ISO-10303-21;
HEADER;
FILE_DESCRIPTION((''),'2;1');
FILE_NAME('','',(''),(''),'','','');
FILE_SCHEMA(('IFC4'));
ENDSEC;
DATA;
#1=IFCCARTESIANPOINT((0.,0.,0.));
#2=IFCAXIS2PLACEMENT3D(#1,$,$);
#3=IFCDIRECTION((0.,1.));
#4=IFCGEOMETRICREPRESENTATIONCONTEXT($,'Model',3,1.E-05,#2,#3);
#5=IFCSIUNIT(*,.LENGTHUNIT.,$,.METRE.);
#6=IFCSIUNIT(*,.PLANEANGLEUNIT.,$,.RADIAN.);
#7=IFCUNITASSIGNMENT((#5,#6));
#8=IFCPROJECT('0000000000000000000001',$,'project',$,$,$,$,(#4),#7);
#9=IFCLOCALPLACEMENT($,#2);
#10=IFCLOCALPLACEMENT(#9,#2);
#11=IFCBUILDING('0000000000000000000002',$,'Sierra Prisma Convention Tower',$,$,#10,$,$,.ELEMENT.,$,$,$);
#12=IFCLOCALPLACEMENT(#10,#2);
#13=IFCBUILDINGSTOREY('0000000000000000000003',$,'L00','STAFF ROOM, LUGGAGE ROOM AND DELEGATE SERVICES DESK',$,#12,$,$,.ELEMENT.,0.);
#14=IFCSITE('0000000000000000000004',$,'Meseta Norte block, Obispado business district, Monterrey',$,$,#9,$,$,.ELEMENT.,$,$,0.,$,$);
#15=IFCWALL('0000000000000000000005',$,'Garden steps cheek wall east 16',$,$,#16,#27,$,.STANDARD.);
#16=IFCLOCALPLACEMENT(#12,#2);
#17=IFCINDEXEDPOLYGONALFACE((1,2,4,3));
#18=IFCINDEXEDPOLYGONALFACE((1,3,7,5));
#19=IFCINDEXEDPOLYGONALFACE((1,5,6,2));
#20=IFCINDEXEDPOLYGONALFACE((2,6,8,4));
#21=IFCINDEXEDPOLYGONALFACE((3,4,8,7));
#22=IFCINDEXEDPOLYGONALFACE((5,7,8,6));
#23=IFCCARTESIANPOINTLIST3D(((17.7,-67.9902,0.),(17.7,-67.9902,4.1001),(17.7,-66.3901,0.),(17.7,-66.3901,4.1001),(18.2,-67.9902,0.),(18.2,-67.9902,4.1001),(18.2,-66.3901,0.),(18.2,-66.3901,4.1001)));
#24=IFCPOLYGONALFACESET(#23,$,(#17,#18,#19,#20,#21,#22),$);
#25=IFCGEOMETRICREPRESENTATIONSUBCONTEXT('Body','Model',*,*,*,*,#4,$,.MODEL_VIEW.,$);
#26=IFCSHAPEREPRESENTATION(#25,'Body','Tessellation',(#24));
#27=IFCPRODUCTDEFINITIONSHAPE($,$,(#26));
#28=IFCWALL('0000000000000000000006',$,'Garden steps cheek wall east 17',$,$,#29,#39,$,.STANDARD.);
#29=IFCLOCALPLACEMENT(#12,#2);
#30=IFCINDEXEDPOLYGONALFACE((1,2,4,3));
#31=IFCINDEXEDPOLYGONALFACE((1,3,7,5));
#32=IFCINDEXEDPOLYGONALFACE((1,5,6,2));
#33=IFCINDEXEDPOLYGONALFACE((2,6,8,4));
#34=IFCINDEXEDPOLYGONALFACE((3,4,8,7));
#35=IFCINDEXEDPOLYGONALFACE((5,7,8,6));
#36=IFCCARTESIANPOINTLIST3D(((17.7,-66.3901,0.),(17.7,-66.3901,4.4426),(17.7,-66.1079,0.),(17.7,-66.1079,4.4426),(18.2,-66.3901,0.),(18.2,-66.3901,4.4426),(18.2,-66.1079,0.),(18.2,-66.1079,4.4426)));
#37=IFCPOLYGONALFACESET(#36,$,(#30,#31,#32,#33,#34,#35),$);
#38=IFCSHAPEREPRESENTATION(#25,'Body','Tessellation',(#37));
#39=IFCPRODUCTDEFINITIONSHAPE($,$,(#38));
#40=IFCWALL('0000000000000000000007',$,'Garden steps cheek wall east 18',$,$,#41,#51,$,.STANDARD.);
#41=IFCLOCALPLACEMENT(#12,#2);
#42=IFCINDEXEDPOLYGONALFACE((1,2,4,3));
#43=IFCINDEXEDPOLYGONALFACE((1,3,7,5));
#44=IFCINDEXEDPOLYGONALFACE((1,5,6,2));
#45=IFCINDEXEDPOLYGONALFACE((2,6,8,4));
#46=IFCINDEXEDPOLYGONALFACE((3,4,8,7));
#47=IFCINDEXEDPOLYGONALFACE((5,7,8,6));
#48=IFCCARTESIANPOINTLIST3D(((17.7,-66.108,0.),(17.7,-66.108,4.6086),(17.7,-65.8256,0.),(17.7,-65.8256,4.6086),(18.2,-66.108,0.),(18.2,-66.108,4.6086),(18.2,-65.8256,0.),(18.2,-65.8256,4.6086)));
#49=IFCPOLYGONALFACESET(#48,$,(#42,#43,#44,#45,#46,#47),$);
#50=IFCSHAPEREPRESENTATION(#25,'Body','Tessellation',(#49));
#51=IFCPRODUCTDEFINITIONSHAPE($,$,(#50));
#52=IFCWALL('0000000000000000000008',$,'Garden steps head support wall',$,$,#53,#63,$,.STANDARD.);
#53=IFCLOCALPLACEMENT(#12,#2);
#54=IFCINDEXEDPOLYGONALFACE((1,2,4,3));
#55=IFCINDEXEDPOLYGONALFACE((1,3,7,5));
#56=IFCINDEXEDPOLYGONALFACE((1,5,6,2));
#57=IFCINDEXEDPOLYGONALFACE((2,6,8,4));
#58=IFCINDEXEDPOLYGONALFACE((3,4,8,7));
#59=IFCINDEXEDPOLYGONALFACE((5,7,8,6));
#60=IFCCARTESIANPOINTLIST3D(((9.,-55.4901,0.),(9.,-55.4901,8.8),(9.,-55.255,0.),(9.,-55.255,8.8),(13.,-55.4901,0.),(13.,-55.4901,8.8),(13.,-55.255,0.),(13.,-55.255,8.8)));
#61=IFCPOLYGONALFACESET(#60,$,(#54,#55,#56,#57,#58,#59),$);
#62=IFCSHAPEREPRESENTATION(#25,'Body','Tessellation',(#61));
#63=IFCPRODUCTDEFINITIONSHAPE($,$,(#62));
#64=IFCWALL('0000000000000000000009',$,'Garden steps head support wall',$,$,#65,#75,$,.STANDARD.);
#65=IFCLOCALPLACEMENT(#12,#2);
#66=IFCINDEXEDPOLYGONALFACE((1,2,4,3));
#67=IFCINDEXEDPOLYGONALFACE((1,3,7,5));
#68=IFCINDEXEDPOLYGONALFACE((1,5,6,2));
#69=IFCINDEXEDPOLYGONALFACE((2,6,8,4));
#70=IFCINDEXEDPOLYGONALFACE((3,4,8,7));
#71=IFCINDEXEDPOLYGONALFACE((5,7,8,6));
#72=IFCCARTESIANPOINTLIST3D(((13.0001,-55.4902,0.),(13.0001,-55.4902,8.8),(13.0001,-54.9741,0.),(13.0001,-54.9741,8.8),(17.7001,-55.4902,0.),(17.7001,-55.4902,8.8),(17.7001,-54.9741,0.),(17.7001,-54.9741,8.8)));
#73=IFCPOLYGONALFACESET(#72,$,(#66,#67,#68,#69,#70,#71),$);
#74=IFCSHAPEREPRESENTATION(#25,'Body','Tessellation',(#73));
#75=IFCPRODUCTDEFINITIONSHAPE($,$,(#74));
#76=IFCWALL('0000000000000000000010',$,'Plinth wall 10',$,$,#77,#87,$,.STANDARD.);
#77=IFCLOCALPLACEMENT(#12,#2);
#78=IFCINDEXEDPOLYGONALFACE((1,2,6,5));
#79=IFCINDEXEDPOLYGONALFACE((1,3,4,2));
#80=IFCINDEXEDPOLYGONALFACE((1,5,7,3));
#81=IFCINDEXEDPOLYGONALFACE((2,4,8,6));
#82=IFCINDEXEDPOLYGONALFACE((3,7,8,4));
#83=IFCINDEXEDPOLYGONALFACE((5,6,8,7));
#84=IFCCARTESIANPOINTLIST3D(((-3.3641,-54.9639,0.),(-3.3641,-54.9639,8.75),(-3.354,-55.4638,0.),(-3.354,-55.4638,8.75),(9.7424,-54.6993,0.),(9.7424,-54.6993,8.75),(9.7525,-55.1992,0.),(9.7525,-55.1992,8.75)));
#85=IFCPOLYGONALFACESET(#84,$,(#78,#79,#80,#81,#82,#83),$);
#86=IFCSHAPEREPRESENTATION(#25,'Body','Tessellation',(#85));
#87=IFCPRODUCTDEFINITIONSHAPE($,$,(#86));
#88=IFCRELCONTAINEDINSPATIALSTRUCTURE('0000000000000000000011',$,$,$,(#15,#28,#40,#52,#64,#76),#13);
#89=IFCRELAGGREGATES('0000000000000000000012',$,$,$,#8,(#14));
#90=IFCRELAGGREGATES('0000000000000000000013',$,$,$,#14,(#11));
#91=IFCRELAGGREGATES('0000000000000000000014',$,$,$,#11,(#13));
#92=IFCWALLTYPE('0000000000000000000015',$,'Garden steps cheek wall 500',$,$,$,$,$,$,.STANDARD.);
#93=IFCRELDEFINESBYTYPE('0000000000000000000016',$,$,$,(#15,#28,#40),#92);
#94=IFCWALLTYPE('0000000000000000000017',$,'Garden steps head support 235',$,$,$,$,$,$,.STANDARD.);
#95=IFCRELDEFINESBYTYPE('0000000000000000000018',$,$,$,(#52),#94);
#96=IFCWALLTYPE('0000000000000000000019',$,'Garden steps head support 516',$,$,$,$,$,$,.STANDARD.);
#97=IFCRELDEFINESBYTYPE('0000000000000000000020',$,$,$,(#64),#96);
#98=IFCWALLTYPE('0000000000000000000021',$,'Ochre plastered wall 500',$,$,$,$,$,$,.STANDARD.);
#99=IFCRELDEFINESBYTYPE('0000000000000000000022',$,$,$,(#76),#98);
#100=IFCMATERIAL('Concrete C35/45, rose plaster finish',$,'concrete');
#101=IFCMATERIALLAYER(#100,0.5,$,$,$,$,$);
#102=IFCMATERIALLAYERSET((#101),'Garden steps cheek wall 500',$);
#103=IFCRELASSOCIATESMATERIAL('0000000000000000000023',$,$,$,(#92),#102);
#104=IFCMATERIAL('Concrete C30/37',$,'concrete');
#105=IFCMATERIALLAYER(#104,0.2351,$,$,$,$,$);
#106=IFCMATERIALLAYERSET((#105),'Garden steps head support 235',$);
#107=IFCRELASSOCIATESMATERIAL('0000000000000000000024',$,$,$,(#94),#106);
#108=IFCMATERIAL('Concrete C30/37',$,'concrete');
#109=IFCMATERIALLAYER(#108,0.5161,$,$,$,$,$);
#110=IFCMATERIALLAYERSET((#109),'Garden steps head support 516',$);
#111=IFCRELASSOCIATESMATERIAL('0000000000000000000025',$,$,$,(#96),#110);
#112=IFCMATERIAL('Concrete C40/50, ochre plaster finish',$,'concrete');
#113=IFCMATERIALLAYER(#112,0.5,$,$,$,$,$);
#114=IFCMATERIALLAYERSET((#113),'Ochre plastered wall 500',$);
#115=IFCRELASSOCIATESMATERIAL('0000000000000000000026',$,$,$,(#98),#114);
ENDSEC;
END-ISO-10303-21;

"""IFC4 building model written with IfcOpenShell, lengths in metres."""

from ifc_helpers import new_model, si_unit, direction, frame, frame_2d, origin, place, context, subcontext, project, spatial, rectangle, extrude, material, layer, layer_set, type_object, element, save


model = new_model("IFC4")

# Units and contexts
model_context = context("Model", 3, precision=1e-05, world=origin(), true_north=direction((0.0, 1.0)))
body_context = subcontext(model_context, "Body", "Model", "MODEL_VIEW")
ifc_project = project(units=[si_unit("LENGTHUNIT", "METRE"), si_unit("PLANEANGLEUNIT", "RADIAN")], contexts=[model_context])

# Site, building, storey
site_placement = place(None, origin())
site = spatial("IfcSite", under=ifc_project, at=site_placement, Name="Meseta Norte block, Obispado business district, Monterrey", CompositionType="ELEMENT", RefElevation=0.0)
building_placement = place(site_placement, origin())
building = spatial("IfcBuilding", under=site, at=building_placement, Name="Sierra Prisma Convention Tower", CompositionType="ELEMENT")
storey_placement = place(building_placement, origin())
storey = spatial("IfcBuildingStorey", under=building, at=storey_placement, Name="L00", Description="STAFF ROOM, LUGGAGE ROOM AND DELEGATE SERVICES DESK", CompositionType="ELEMENT", Elevation=0.0)

# Walls
ifc_material_1 = material(Name="Concrete C35/45, rose plaster finish", Category="concrete")
ifc_layer_1 = layer(ifc_material_1, 0.5)
ifc_layer_set_1 = layer_set([ifc_layer_1], Name="Garden steps cheek wall 500")
wall_type_1 = type_object("IfcWallType", Name="Garden steps cheek wall 500", PredefinedType="STANDARD", material=ifc_layer_set_1)
wall_1_placement = place(storey_placement, frame((17.95, -67.9902, 0.0), z_axis=(0.0, 0.0, 1.0), x_axis=(0.0, 1.0, 0.0)))
element("IfcWall", 1, at=wall_1_placement, inside=storey, type_object=wall_type_1, Name="Garden steps cheek wall east 16", PredefinedType="STANDARD", context=body_context, shape_type="SweptSolid", body=[
    extrude(rectangle(XDim=1.6001, YDim=0.5, at=frame_2d((0.8, 0.0))), origin(), (0.0, 0.0, 1.0), 4.1001),
])
wall_2_placement = place(storey_placement, frame((17.95, -66.3901, 0.0), z_axis=(0.0, 0.0, 1.0), x_axis=(0.0, 1.0, 0.0)))
element("IfcWall", 2, at=wall_2_placement, inside=storey, type_object=wall_type_1, Name="Garden steps cheek wall east 17", PredefinedType="STANDARD", context=body_context, shape_type="SweptSolid", body=[
    extrude(rectangle(XDim=0.2822, YDim=0.5, at=frame_2d((0.1411, 0.0))), origin(), (0.0, 0.0, 1.0), 4.4426),
])
wall_3_placement = place(storey_placement, frame((17.95, -66.1079, 0.0), z_axis=(0.0, 0.0, 1.0), x_axis=(0.0, 1.0, 0.0)))
element("IfcWall", 3, at=wall_3_placement, inside=storey, type_object=wall_type_1, Name="Garden steps cheek wall east 18", PredefinedType="STANDARD", context=body_context, shape_type="SweptSolid", body=[
    extrude(rectangle(XDim=0.2825, YDim=0.5, at=frame_2d((0.1411, 0.0))), origin(), (0.0, 0.0, 1.0), 4.6086),
])
ifc_material_2 = material(Name="Concrete C30/37", Category="concrete")
ifc_layer_2 = layer(ifc_material_2, 0.2351)
ifc_layer_set_2 = layer_set([ifc_layer_2], Name="Garden steps head support 235")
wall_type_2 = type_object("IfcWallType", Name="Garden steps head support 235", PredefinedType="STANDARD", material=ifc_layer_set_2)
wall_4_placement = place(storey_placement, frame((9.0, -55.3726, 0.0), z_axis=(0.0, 0.0, 1.0), x_axis=(1.0, 0.0, 0.0)))
element("IfcWall", 4, at=wall_4_placement, inside=storey, type_object=wall_type_2, Name="Garden steps head support wall", PredefinedType="STANDARD", context=body_context, shape_type="SweptSolid", body=[
    extrude(rectangle(XDim=4.0, YDim=0.2351, at=frame_2d((2.0, 0.0))), origin(), (0.0, 0.0, 1.0), 8.8),
])
ifc_material_3 = material(Name="Concrete C30/37", Category="concrete")
ifc_layer_3 = layer(ifc_material_3, 0.5161)
ifc_layer_set_3 = layer_set([ifc_layer_3], Name="Garden steps head support 516")
wall_type_3 = type_object("IfcWallType", Name="Garden steps head support 516", PredefinedType="STANDARD", material=ifc_layer_set_3)
wall_5_placement = place(storey_placement, frame((13.0, -55.2322, 0.0), z_axis=(0.0, 0.0, 1.0), x_axis=(1.0, 0.0, 0.0)))
element("IfcWall", 5, at=wall_5_placement, inside=storey, type_object=wall_type_3, Name="Garden steps head support wall", PredefinedType="STANDARD", context=body_context, shape_type="SweptSolid", body=[
    extrude(rectangle(XDim=4.7, YDim=0.5161, at=frame_2d((2.3501, 0.0))), origin(), (0.0, 0.0, 1.0), 8.8),
])
ifc_material_4 = material(Name="Concrete C40/50, ochre plaster finish", Category="concrete")
ifc_layer_4 = layer(ifc_material_4, 0.5)
ifc_layer_set_4 = layer_set([ifc_layer_4], Name="Ochre plastered wall 500")
wall_type_4 = type_object("IfcWallType", Name="Ochre plastered wall 500", PredefinedType="STANDARD", material=ifc_layer_set_4)
wall_6_placement = place(storey_placement, frame((9.7476, -54.9492, 0.0), z_axis=(0.0, 0.0, 1.0), x_axis=(-0.999796, -0.020188, 0.0)))
element("IfcWall", 6, at=wall_6_placement, inside=storey, type_object=wall_type_4, Name="Plinth wall 10", PredefinedType="STANDARD", context=body_context, shape_type="SweptSolid", body=[
    extrude(rectangle(XDim=13.1091, YDim=0.5, at=frame_2d((6.5547, 0.0))), origin(), (0.0, 0.0, 1.0), 8.75),
])

save(model, "model.ifc")
